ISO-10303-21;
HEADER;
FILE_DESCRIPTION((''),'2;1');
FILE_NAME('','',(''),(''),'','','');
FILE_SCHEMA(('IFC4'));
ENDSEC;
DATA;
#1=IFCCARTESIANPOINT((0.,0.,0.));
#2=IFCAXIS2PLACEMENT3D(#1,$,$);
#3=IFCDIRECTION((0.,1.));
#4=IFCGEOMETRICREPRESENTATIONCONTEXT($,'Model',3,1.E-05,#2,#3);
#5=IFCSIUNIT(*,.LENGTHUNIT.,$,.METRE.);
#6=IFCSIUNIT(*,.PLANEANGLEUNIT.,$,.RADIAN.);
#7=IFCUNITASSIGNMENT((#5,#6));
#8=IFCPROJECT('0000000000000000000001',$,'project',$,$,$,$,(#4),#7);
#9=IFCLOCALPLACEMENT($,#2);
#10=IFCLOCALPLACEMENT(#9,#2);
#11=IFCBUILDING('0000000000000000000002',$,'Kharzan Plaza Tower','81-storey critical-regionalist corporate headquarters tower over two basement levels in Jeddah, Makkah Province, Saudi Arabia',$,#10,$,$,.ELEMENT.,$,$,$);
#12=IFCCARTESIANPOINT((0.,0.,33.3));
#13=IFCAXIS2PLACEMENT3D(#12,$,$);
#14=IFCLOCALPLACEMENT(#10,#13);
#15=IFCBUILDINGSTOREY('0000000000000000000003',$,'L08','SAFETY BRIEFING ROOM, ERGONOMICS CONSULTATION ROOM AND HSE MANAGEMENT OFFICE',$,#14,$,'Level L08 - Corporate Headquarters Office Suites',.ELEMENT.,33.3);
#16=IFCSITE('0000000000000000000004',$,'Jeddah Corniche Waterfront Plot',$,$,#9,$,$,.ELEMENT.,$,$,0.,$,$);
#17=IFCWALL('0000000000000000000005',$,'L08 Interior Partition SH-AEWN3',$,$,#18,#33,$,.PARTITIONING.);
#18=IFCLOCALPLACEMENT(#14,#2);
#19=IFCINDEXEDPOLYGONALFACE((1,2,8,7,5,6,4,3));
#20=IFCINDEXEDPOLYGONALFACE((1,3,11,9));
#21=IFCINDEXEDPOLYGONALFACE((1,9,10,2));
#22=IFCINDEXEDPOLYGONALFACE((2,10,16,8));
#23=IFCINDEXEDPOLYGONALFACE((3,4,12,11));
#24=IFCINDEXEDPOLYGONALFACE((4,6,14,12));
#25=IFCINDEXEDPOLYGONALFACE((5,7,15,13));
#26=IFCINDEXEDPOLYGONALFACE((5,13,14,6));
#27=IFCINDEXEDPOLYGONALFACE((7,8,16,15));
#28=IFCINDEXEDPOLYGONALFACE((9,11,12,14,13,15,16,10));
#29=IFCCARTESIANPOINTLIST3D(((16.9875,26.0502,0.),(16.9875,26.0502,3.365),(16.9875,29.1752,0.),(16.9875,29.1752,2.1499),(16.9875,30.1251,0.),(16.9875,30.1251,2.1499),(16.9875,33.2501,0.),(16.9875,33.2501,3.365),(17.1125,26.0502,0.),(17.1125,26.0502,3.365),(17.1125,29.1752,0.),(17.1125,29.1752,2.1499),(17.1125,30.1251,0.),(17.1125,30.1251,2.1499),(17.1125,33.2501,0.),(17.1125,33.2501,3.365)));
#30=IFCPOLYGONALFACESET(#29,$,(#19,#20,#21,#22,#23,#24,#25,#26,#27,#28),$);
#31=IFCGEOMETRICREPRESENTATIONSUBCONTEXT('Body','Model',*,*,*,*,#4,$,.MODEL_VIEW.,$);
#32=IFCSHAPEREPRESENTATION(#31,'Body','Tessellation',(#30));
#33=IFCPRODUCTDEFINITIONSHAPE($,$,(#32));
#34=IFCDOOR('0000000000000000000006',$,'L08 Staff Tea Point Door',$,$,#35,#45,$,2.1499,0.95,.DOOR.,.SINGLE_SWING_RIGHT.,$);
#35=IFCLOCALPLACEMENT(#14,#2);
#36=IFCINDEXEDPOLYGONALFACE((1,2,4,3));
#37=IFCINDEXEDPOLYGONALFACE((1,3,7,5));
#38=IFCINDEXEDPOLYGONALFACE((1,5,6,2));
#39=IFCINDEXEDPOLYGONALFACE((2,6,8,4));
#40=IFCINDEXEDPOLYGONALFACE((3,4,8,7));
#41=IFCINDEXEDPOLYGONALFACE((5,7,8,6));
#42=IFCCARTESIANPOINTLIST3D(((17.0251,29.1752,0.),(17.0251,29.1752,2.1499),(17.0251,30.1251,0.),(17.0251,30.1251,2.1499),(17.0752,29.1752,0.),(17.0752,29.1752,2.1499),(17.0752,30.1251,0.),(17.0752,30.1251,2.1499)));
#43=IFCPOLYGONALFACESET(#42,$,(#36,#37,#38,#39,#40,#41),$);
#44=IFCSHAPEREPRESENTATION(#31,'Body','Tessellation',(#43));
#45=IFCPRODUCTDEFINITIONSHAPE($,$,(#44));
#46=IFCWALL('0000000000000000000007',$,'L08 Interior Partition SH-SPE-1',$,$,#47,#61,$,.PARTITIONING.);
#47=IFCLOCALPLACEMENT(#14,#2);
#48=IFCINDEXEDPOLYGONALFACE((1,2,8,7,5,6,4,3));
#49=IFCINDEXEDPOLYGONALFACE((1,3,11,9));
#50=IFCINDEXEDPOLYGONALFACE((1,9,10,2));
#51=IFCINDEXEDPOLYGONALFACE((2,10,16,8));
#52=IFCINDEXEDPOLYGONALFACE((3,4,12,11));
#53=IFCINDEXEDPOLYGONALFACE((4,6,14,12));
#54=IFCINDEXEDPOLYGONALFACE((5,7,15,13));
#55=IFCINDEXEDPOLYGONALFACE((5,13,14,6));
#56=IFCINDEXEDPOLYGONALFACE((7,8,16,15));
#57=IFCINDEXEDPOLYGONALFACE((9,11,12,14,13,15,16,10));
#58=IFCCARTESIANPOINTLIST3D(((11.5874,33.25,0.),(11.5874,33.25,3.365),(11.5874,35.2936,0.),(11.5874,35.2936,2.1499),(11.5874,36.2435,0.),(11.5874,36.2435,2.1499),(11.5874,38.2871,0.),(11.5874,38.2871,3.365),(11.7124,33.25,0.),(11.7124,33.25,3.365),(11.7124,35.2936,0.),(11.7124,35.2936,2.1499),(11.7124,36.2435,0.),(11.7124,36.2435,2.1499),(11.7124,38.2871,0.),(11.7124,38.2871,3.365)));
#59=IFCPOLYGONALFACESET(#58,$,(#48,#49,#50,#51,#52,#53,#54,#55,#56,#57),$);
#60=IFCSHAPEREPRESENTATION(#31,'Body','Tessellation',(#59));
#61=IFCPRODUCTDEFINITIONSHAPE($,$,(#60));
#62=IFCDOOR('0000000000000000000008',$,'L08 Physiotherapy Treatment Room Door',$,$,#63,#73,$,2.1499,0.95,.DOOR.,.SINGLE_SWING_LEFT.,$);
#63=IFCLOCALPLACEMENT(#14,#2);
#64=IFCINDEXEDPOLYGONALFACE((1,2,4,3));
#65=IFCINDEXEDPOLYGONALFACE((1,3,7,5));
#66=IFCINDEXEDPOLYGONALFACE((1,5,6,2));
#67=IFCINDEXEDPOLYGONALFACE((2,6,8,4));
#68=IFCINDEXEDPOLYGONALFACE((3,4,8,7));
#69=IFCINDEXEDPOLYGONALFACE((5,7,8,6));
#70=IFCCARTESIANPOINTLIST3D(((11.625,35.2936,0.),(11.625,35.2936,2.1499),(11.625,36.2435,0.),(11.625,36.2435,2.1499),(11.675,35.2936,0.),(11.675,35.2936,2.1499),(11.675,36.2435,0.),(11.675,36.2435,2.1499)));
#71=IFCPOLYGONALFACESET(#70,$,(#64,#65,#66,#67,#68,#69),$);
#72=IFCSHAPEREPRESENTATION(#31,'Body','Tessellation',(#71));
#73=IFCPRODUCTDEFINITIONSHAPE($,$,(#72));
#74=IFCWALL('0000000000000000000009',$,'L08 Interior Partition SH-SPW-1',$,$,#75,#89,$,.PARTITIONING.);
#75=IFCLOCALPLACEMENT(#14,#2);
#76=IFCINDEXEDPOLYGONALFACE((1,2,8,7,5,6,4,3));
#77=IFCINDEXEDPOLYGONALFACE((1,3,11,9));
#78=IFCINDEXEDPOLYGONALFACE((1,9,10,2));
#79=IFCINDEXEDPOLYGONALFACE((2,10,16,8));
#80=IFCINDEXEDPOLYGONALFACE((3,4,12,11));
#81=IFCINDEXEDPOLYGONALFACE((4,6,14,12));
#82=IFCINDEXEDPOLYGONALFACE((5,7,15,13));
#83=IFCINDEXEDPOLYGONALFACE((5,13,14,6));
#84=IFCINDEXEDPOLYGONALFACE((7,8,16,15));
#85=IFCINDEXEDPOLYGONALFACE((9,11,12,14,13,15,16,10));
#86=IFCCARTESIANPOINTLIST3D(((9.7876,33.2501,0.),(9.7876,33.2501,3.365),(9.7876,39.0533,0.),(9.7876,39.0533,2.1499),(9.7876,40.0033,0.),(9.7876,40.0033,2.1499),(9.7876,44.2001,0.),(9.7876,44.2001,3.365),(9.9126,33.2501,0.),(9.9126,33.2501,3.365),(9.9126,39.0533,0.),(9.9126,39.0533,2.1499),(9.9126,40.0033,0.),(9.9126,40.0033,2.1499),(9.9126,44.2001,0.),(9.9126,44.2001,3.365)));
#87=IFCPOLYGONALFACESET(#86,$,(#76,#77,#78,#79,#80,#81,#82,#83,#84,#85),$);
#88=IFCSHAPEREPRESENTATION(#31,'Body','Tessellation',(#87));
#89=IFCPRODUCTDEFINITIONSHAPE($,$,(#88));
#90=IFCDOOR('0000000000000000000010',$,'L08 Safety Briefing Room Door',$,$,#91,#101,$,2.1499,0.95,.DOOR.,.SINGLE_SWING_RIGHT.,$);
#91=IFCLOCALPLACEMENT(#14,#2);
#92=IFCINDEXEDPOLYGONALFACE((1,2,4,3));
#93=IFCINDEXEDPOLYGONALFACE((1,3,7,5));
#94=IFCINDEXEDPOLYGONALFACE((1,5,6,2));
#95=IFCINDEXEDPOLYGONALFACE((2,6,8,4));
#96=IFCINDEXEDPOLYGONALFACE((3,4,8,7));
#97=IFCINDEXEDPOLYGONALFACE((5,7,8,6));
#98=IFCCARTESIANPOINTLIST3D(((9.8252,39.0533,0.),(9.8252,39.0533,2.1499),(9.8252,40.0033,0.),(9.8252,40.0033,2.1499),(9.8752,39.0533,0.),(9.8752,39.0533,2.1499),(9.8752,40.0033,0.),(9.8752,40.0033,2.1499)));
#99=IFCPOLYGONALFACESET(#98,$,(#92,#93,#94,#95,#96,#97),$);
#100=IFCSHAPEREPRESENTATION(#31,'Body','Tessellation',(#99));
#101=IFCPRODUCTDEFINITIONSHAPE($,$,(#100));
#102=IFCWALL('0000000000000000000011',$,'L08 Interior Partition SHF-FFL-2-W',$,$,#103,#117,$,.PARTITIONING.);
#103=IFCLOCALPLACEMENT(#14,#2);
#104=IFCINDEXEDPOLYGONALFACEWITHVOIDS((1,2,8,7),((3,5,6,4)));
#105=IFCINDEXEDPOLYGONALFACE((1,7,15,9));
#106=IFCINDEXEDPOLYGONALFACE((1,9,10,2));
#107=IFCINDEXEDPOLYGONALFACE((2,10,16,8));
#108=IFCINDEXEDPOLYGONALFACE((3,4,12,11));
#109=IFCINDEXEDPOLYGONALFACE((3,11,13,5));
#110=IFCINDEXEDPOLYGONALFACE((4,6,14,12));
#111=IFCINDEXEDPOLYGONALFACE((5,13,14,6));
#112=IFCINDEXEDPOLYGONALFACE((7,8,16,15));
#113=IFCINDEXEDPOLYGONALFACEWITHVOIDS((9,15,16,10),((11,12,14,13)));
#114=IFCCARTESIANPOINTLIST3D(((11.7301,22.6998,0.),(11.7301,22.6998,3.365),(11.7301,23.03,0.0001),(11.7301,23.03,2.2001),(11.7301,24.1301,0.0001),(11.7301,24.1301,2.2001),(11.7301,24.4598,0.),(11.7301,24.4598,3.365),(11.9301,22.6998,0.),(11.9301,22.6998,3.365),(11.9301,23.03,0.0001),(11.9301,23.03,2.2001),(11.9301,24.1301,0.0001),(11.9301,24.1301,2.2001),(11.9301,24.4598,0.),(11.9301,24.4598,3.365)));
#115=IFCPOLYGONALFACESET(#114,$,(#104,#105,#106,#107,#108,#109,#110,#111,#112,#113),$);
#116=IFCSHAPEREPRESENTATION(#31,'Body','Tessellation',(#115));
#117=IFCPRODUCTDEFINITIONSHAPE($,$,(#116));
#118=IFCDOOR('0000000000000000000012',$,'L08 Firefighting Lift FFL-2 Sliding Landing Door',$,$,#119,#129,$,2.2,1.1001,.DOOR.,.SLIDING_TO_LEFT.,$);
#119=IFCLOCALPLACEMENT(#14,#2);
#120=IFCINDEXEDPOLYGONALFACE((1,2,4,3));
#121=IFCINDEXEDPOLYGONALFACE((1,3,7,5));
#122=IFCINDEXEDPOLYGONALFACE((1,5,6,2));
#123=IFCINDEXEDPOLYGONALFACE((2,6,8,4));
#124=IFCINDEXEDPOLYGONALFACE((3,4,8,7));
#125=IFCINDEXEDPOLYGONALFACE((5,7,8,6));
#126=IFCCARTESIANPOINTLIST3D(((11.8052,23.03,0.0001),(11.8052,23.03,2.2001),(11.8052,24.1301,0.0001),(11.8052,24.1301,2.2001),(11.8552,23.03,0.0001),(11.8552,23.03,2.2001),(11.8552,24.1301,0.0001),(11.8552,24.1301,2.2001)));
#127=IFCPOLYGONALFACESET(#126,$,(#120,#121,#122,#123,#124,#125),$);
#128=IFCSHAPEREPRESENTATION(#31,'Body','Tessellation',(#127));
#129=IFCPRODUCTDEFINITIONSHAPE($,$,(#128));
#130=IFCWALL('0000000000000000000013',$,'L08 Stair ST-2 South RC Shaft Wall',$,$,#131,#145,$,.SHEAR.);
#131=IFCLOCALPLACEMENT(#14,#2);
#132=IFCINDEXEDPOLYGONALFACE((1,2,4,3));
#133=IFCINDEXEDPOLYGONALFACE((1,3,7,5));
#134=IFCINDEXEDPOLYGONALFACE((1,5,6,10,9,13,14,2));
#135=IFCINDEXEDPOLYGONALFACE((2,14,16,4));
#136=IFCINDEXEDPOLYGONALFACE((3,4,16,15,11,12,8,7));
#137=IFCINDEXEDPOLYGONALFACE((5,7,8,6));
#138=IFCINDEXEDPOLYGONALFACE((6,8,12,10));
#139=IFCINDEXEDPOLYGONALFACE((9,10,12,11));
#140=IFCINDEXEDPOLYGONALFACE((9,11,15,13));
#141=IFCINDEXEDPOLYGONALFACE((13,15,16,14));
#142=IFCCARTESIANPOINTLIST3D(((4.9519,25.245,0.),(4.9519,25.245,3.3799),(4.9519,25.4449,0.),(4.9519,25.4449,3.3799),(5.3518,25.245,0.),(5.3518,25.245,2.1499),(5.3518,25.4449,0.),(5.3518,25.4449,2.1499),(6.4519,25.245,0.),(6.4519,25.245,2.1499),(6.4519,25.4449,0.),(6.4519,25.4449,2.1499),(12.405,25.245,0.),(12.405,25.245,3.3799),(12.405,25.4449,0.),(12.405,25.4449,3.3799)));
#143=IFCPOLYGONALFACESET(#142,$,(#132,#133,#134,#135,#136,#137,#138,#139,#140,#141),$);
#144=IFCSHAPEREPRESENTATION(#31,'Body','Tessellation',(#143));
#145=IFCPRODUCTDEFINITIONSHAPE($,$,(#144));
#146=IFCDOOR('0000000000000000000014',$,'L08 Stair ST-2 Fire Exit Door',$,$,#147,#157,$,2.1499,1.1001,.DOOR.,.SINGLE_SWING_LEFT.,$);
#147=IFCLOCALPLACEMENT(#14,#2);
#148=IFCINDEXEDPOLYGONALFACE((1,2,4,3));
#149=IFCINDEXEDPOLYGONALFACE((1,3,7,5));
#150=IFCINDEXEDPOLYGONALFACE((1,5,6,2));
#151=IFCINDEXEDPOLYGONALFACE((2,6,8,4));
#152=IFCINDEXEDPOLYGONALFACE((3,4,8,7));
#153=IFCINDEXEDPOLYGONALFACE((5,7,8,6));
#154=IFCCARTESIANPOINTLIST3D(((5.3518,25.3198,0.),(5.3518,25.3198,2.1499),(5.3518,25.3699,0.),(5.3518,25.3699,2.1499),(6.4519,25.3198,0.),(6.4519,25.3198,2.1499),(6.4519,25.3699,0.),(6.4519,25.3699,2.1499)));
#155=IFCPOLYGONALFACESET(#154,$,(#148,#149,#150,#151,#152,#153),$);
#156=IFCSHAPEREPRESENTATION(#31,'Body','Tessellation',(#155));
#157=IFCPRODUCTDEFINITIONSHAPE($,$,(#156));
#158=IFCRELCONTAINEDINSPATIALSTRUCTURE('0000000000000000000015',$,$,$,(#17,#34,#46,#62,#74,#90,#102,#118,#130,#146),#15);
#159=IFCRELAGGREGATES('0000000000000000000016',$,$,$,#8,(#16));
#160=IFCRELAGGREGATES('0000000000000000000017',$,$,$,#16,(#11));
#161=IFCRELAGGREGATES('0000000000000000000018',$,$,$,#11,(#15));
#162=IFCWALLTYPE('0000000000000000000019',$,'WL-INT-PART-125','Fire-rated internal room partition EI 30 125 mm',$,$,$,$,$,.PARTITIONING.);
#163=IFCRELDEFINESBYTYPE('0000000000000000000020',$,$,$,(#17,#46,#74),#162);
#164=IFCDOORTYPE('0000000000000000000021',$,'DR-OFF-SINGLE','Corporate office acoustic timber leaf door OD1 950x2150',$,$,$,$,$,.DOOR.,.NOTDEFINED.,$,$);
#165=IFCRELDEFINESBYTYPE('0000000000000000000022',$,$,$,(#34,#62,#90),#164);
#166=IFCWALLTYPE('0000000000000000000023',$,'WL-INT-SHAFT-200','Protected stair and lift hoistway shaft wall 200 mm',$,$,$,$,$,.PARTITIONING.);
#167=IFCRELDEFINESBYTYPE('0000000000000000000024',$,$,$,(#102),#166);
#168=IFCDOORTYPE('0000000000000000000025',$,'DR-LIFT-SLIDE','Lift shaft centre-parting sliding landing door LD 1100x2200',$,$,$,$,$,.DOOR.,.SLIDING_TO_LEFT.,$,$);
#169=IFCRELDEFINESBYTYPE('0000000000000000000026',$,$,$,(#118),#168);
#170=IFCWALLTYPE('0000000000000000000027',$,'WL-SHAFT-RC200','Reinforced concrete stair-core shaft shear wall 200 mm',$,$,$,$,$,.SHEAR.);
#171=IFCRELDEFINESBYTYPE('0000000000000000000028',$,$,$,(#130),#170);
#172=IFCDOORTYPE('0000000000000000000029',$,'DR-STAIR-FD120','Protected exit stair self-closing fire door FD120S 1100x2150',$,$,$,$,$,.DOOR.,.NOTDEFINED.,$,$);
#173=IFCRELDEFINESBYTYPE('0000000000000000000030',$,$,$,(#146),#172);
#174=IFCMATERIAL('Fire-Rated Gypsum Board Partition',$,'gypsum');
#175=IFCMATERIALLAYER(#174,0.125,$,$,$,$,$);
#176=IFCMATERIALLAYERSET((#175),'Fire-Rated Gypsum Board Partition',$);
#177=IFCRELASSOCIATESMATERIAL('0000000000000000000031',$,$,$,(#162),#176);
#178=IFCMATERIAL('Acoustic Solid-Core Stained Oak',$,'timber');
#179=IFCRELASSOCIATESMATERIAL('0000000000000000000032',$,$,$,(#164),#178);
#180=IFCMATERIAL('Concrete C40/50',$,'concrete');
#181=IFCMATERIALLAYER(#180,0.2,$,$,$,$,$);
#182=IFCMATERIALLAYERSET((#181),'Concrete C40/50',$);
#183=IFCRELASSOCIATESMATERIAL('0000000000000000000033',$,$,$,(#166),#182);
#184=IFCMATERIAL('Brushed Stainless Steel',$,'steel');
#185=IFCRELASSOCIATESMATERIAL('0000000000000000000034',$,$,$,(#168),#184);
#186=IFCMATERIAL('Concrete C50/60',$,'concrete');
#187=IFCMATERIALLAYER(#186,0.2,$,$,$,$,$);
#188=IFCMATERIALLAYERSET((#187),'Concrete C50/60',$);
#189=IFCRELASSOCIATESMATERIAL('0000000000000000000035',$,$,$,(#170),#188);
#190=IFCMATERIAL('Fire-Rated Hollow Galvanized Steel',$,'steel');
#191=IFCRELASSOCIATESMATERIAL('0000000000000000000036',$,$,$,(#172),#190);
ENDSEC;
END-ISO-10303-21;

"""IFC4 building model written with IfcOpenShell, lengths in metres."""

from ifc_helpers import new_model, si_unit, direction, frame, frame_2d, origin, place, context, subcontext, project, spatial, rectangle, extrude, source, transform, mapped, material, layer, layer_set, type_object, element, fill, save


model = new_model("IFC4")

# Units and contexts
model_context = context("Model", 3, precision=1e-05, world=origin(), true_north=direction((0.0, 1.0)))
body_context = subcontext(model_context, "Body", "Model", "MODEL_VIEW")
ifc_project = project(units=[si_unit("LENGTHUNIT", "METRE"), si_unit("PLANEANGLEUNIT", "RADIAN")], contexts=[model_context])

# Site, building, storey
site_placement = place(None, origin())
site = spatial("IfcSite", under=ifc_project, at=site_placement, Name="Jeddah Corniche Waterfront Plot", CompositionType="ELEMENT", RefElevation=0.0)
building_placement = place(site_placement, origin())
building = spatial("IfcBuilding", under=site, at=building_placement, Name="Kharzan Plaza Tower", Description="81-storey critical-regionalist corporate headquarters tower over two basement levels in Jeddah, Makkah Province, Saudi Arabia", CompositionType="ELEMENT")
storey_placement = place(building_placement, frame((0.0, 0.0, 33.3)))
storey = spatial("IfcBuildingStorey", under=building, at=storey_placement, Name="L08", Description="SAFETY BRIEFING ROOM, ERGONOMICS CONSULTATION ROOM AND HSE MANAGEMENT OFFICE", LongName="Level L08 - Corporate Headquarters Office Suites", CompositionType="ELEMENT", Elevation=33.3)

# Walls, openings, doors
ifc_material_1 = material(Name="Fire-Rated Gypsum Board Partition", Category="gypsum")
ifc_layer_1 = layer(ifc_material_1, 0.125)
ifc_layer_set_1 = layer_set([ifc_layer_1], Name="Fire-Rated Gypsum Board Partition")
wall_type_1 = type_object("IfcWallType", Name="WL-INT-PART-125", Description="Fire-rated internal room partition EI 30 125 mm", PredefinedType="PARTITIONING", material=ifc_layer_set_1)
wall_1_placement = place(storey_placement, frame((17.05, 26.05, 0.0), z_axis=(0.0, 0.0, 1.0), x_axis=(0.0, 1.0, 0.0)))
wall_1 = element("IfcWall", 1, at=wall_1_placement, inside=storey, type_object=wall_type_1, Name="L08 Interior Partition SH-AEWN3", PredefinedType="PARTITIONING", context=body_context, shape_type="SweptSolid", body=[
    extrude(rectangle(XDim=7.2, YDim=0.125, at=frame_2d((3.6001, 0.0))), origin(), (0.0, 0.0, 1.0), 3.365),
])
opening_1_placement = place(wall_1_placement, frame((3.125, 0.0, 0.0)))
opening_1 = element("IfcOpeningElement", 2, at=opening_1_placement, cuts=wall_1, PredefinedType="OPENING", context=body_context, shape_type="SweptSolid", body=[
    extrude(rectangle(XDim=0.95, YDim=2.1499, at=frame_2d((0.4751, 1.075))), frame((0.0, 0.0725, 0.0), z_axis=(0.0, -1.0, 0.0), x_axis=(1.0, 0.0, 0.0)), (0.0, 0.0, 1.0), 0.145),
])
ifc_material_2 = material(Name="Acoustic Solid-Core Stained Oak", Category="timber")
door_type_1 = type_object("IfcDoorType", Name="DR-OFF-SINGLE", Description="Corporate office acoustic timber leaf door OD1 950x2150", OperationType="NOTDEFINED", PredefinedType="DOOR", material=ifc_material_2)
shared_shape_1 = source(origin(), body_context, "Body", "SweptSolid", [
    extrude(rectangle(XDim=0.95, YDim=2.1499, at=frame_2d((0.4751, 1.075))), frame((0.0, 0.0249, 0.0), z_axis=(0.0, -1.0, 0.0), x_axis=(1.0, 0.0, 0.0)), (0.0, 0.0, 1.0), 0.05),
])
door_1_placement = place(opening_1_placement, origin())
door_1 = element("IfcDoor", 3, at=door_1_placement, inside=storey, type_object=door_type_1, Name="L08 Staff Tea Point Door", OperationType="SINGLE_SWING_RIGHT", OverallHeight=2.1499, OverallWidth=0.95, PredefinedType="DOOR", context=body_context, shape_type="MappedRepresentation", body=[
    mapped(shared_shape_1, transform((0.0, 0.0, 0.0), x_axis=(1.0, 0.0, 0.0), y_axis=(0.0, 1.0, 0.0), z_axis=(0.0, 0.0, 1.0))),
])
fill(opening_1, door_1)
wall_2_placement = place(storey_placement, frame((11.6499, 33.25, 0.0), z_axis=(0.0, 0.0, 1.0), x_axis=(0.0, 1.0, 0.0)))
wall_2 = element("IfcWall", 4, at=wall_2_placement, inside=storey, type_object=wall_type_1, Name="L08 Interior Partition SH-SPE-1", PredefinedType="PARTITIONING", context=body_context, shape_type="SweptSolid", body=[
    extrude(rectangle(XDim=5.0371, YDim=0.125, at=frame_2d((2.5186, 0.0))), origin(), (0.0, 0.0, 1.0), 3.365),
])
opening_2_placement = place(wall_2_placement, frame((2.0435, 0.0, 0.0)))
opening_2 = element("IfcOpeningElement", 5, at=opening_2_placement, cuts=wall_2, PredefinedType="OPENING", context=body_context, shape_type="SweptSolid", body=[
    extrude(rectangle(XDim=0.95, YDim=2.1499, at=frame_2d((0.4751, 1.075))), frame((0.0, 0.0725, 0.0), z_axis=(0.0, -1.0, 0.0), x_axis=(1.0, 0.0, 0.0)), (0.0, 0.0, 1.0), 0.145),
])
door_2_placement = place(opening_2_placement, origin())
door_2 = element("IfcDoor", 6, at=door_2_placement, inside=storey, type_object=door_type_1, Name="L08 Physiotherapy Treatment Room Door", OperationType="SINGLE_SWING_LEFT", OverallHeight=2.1499, OverallWidth=0.95, PredefinedType="DOOR", context=body_context, shape_type="MappedRepresentation", body=[
    mapped(shared_shape_1, transform((0.0, 0.0, 0.0), x_axis=(1.0, 0.0, 0.0), y_axis=(0.0, 1.0, 0.0), z_axis=(0.0, 0.0, 1.0))),
])
fill(opening_2, door_2)
wall_3_placement = place(storey_placement, frame((9.8501, 33.25, 0.0), z_axis=(0.0, 0.0, 1.0), x_axis=(0.0, 1.0, 0.0)))
wall_3 = element("IfcWall", 7, at=wall_3_placement, inside=storey, type_object=wall_type_1, Name="L08 Interior Partition SH-SPW-1", PredefinedType="PARTITIONING", context=body_context, shape_type="SweptSolid", body=[
    extrude(rectangle(XDim=10.95, YDim=0.125, at=frame_2d((5.4751, 0.0))), origin(), (0.0, 0.0, 1.0), 3.365),
])
opening_3_placement = place(wall_3_placement, frame((5.8032, 0.0, 0.0)))
opening_3 = element("IfcOpeningElement", 8, at=opening_3_placement, cuts=wall_3, PredefinedType="OPENING", context=body_context, shape_type="SweptSolid", body=[
    extrude(rectangle(XDim=0.95, YDim=2.1499, at=frame_2d((0.4751, 1.075))), frame((0.0, 0.0725, 0.0), z_axis=(0.0, -1.0, 0.0), x_axis=(1.0, 0.0, 0.0)), (0.0, 0.0, 1.0), 0.145),
])
door_3_placement = place(opening_3_placement, origin())
door_3 = element("IfcDoor", 9, at=door_3_placement, inside=storey, type_object=door_type_1, Name="L08 Safety Briefing Room Door", OperationType="SINGLE_SWING_RIGHT", OverallHeight=2.1499, OverallWidth=0.95, PredefinedType="DOOR", context=body_context, shape_type="MappedRepresentation", body=[
    mapped(shared_shape_1, transform((0.0, 0.0, 0.0), x_axis=(1.0, 0.0, 0.0), y_axis=(0.0, 1.0, 0.0), z_axis=(0.0, 0.0, 1.0))),
])
fill(opening_3, door_3)
ifc_material_3 = material(Name="Concrete C40/50", Category="concrete")
ifc_layer_2 = layer(ifc_material_3, 0.2)
ifc_layer_set_2 = layer_set([ifc_layer_2], Name="Concrete C40/50")
wall_type_2 = type_object("IfcWallType", Name="WL-INT-SHAFT-200", Description="Protected stair and lift hoistway shaft wall 200 mm", PredefinedType="PARTITIONING", material=ifc_layer_set_2)
wall_4_placement = place(storey_placement, frame((11.8301, 22.7, 0.0), z_axis=(0.0, 0.0, 1.0), x_axis=(0.0, 1.0, 0.0)))
wall_4 = element("IfcWall", 10, at=wall_4_placement, inside=storey, type_object=wall_type_2, Name="L08 Interior Partition SHF-FFL-2-W", PredefinedType="PARTITIONING", context=body_context, shape_type="SweptSolid", body=[
    extrude(rectangle(XDim=1.76, YDim=0.2, at=frame_2d((0.8799, 0.0))), origin(), (0.0, 0.0, 1.0), 3.365),
])
opening_4_placement = place(wall_4_placement, frame((0.3301, 0.0, 0.0)))
opening_4 = element("IfcOpeningElement", 11, at=opening_4_placement, cuts=wall_4, PredefinedType="OPENING", context=body_context, shape_type="SweptSolid", body=[
    extrude(rectangle(XDim=1.1001, YDim=2.2, at=frame_2d((0.55, 1.1001))), frame((0.0, 0.1099, 0.0), z_axis=(0.0, -1.0, 0.0), x_axis=(1.0, 0.0, 0.0)), (0.0, 0.0, 1.0), 0.22),
])
ifc_material_4 = material(Name="Brushed Stainless Steel", Category="steel")
door_type_2 = type_object("IfcDoorType", Name="DR-LIFT-SLIDE", Description="Lift shaft centre-parting sliding landing door LD 1100x2200", OperationType="SLIDING_TO_LEFT", PredefinedType="DOOR", material=ifc_material_4)
shared_shape_2 = source(origin(), body_context, "Body", "SweptSolid", [
    extrude(rectangle(XDim=1.1001, YDim=2.2, at=frame_2d((0.55, 1.1001))), frame((0.0, 0.0249, 0.0), z_axis=(0.0, -1.0, 0.0), x_axis=(1.0, 0.0, 0.0)), (0.0, 0.0, 1.0), 0.05),
])
door_4_placement = place(opening_4_placement, origin())
door_4 = element("IfcDoor", 12, at=door_4_placement, inside=storey, type_object=door_type_2, Name="L08 Firefighting Lift FFL-2 Sliding Landing Door", OperationType="SLIDING_TO_LEFT", OverallHeight=2.2, OverallWidth=1.1001, PredefinedType="DOOR", context=body_context, shape_type="MappedRepresentation", body=[
    mapped(shared_shape_2, transform((0.0, 0.0, 0.0), x_axis=(1.0, 0.0, 0.0), y_axis=(0.0, 1.0, 0.0), z_axis=(0.0, 0.0, 1.0))),
])
fill(opening_4, door_4)
ifc_material_5 = material(Name="Concrete C50/60", Category="concrete")
ifc_layer_3 = layer(ifc_material_5, 0.2)
ifc_layer_set_3 = layer_set([ifc_layer_3], Name="Concrete C50/60")
wall_type_3 = type_object("IfcWallType", Name="WL-SHAFT-RC200", Description="Reinforced concrete stair-core shaft shear wall 200 mm", PredefinedType="SHEAR", material=ifc_layer_set_3)
wall_5_placement = place(storey_placement, frame((4.9519, 25.345, 0.0), z_axis=(0.0, 0.0, 1.0), x_axis=(1.0, 0.0, 0.0)))
wall_5 = element("IfcWall", 13, at=wall_5_placement, inside=storey, type_object=wall_type_3, Name="L08 Stair ST-2 South RC Shaft Wall", PredefinedType="SHEAR", context=body_context, shape_type="SweptSolid", body=[
    extrude(rectangle(XDim=7.4531, YDim=0.2, at=frame_2d((3.7266, 0.0))), origin(), (0.0, 0.0, 1.0), 3.3799),
])
opening_5_placement = place(wall_5_placement, frame((0.3999, 0.0, 0.0)))
opening_5 = element("IfcOpeningElement", 14, at=opening_5_placement, cuts=wall_5, PredefinedType="OPENING", context=body_context, shape_type="SweptSolid", body=[
    extrude(rectangle(XDim=1.1001, YDim=2.1499, at=frame_2d((0.55, 1.075))), frame((0.0, 0.1099, 0.0), z_axis=(0.0, -1.0, 0.0), x_axis=(1.0, 0.0, 0.0)), (0.0, 0.0, 1.0), 0.22),
])
ifc_material_6 = material(Name="Fire-Rated Hollow Galvanized Steel", Category="steel")
door_type_3 = type_object("IfcDoorType", Name="DR-STAIR-FD120", Description="Protected exit stair self-closing fire door FD120S 1100x2150", OperationType="NOTDEFINED", PredefinedType="DOOR", material=ifc_material_6)
shared_shape_3 = source(origin(), body_context, "Body", "SweptSolid", [
    extrude(rectangle(XDim=1.1001, YDim=2.1499, at=frame_2d((0.55, 1.075))), frame((0.0, 0.0249, 0.0), z_axis=(0.0, -1.0, 0.0), x_axis=(1.0, 0.0, 0.0)), (0.0, 0.0, 1.0), 0.05),
])
door_5_placement = place(opening_5_placement, origin())
door_5 = element("IfcDoor", 15, at=door_5_placement, inside=storey, type_object=door_type_3, Name="L08 Stair ST-2 Fire Exit Door", OperationType="SINGLE_SWING_LEFT", OverallHeight=2.1499, OverallWidth=1.1001, PredefinedType="DOOR", context=body_context, shape_type="MappedRepresentation", body=[
    mapped(shared_shape_3, transform((0.0, 0.0, 0.0), x_axis=(1.0, 0.0, 0.0), y_axis=(0.0, 1.0, 0.0), z_axis=(0.0, 0.0, 1.0))),
])
fill(opening_5, door_5)

save(model, "model.ifc")
